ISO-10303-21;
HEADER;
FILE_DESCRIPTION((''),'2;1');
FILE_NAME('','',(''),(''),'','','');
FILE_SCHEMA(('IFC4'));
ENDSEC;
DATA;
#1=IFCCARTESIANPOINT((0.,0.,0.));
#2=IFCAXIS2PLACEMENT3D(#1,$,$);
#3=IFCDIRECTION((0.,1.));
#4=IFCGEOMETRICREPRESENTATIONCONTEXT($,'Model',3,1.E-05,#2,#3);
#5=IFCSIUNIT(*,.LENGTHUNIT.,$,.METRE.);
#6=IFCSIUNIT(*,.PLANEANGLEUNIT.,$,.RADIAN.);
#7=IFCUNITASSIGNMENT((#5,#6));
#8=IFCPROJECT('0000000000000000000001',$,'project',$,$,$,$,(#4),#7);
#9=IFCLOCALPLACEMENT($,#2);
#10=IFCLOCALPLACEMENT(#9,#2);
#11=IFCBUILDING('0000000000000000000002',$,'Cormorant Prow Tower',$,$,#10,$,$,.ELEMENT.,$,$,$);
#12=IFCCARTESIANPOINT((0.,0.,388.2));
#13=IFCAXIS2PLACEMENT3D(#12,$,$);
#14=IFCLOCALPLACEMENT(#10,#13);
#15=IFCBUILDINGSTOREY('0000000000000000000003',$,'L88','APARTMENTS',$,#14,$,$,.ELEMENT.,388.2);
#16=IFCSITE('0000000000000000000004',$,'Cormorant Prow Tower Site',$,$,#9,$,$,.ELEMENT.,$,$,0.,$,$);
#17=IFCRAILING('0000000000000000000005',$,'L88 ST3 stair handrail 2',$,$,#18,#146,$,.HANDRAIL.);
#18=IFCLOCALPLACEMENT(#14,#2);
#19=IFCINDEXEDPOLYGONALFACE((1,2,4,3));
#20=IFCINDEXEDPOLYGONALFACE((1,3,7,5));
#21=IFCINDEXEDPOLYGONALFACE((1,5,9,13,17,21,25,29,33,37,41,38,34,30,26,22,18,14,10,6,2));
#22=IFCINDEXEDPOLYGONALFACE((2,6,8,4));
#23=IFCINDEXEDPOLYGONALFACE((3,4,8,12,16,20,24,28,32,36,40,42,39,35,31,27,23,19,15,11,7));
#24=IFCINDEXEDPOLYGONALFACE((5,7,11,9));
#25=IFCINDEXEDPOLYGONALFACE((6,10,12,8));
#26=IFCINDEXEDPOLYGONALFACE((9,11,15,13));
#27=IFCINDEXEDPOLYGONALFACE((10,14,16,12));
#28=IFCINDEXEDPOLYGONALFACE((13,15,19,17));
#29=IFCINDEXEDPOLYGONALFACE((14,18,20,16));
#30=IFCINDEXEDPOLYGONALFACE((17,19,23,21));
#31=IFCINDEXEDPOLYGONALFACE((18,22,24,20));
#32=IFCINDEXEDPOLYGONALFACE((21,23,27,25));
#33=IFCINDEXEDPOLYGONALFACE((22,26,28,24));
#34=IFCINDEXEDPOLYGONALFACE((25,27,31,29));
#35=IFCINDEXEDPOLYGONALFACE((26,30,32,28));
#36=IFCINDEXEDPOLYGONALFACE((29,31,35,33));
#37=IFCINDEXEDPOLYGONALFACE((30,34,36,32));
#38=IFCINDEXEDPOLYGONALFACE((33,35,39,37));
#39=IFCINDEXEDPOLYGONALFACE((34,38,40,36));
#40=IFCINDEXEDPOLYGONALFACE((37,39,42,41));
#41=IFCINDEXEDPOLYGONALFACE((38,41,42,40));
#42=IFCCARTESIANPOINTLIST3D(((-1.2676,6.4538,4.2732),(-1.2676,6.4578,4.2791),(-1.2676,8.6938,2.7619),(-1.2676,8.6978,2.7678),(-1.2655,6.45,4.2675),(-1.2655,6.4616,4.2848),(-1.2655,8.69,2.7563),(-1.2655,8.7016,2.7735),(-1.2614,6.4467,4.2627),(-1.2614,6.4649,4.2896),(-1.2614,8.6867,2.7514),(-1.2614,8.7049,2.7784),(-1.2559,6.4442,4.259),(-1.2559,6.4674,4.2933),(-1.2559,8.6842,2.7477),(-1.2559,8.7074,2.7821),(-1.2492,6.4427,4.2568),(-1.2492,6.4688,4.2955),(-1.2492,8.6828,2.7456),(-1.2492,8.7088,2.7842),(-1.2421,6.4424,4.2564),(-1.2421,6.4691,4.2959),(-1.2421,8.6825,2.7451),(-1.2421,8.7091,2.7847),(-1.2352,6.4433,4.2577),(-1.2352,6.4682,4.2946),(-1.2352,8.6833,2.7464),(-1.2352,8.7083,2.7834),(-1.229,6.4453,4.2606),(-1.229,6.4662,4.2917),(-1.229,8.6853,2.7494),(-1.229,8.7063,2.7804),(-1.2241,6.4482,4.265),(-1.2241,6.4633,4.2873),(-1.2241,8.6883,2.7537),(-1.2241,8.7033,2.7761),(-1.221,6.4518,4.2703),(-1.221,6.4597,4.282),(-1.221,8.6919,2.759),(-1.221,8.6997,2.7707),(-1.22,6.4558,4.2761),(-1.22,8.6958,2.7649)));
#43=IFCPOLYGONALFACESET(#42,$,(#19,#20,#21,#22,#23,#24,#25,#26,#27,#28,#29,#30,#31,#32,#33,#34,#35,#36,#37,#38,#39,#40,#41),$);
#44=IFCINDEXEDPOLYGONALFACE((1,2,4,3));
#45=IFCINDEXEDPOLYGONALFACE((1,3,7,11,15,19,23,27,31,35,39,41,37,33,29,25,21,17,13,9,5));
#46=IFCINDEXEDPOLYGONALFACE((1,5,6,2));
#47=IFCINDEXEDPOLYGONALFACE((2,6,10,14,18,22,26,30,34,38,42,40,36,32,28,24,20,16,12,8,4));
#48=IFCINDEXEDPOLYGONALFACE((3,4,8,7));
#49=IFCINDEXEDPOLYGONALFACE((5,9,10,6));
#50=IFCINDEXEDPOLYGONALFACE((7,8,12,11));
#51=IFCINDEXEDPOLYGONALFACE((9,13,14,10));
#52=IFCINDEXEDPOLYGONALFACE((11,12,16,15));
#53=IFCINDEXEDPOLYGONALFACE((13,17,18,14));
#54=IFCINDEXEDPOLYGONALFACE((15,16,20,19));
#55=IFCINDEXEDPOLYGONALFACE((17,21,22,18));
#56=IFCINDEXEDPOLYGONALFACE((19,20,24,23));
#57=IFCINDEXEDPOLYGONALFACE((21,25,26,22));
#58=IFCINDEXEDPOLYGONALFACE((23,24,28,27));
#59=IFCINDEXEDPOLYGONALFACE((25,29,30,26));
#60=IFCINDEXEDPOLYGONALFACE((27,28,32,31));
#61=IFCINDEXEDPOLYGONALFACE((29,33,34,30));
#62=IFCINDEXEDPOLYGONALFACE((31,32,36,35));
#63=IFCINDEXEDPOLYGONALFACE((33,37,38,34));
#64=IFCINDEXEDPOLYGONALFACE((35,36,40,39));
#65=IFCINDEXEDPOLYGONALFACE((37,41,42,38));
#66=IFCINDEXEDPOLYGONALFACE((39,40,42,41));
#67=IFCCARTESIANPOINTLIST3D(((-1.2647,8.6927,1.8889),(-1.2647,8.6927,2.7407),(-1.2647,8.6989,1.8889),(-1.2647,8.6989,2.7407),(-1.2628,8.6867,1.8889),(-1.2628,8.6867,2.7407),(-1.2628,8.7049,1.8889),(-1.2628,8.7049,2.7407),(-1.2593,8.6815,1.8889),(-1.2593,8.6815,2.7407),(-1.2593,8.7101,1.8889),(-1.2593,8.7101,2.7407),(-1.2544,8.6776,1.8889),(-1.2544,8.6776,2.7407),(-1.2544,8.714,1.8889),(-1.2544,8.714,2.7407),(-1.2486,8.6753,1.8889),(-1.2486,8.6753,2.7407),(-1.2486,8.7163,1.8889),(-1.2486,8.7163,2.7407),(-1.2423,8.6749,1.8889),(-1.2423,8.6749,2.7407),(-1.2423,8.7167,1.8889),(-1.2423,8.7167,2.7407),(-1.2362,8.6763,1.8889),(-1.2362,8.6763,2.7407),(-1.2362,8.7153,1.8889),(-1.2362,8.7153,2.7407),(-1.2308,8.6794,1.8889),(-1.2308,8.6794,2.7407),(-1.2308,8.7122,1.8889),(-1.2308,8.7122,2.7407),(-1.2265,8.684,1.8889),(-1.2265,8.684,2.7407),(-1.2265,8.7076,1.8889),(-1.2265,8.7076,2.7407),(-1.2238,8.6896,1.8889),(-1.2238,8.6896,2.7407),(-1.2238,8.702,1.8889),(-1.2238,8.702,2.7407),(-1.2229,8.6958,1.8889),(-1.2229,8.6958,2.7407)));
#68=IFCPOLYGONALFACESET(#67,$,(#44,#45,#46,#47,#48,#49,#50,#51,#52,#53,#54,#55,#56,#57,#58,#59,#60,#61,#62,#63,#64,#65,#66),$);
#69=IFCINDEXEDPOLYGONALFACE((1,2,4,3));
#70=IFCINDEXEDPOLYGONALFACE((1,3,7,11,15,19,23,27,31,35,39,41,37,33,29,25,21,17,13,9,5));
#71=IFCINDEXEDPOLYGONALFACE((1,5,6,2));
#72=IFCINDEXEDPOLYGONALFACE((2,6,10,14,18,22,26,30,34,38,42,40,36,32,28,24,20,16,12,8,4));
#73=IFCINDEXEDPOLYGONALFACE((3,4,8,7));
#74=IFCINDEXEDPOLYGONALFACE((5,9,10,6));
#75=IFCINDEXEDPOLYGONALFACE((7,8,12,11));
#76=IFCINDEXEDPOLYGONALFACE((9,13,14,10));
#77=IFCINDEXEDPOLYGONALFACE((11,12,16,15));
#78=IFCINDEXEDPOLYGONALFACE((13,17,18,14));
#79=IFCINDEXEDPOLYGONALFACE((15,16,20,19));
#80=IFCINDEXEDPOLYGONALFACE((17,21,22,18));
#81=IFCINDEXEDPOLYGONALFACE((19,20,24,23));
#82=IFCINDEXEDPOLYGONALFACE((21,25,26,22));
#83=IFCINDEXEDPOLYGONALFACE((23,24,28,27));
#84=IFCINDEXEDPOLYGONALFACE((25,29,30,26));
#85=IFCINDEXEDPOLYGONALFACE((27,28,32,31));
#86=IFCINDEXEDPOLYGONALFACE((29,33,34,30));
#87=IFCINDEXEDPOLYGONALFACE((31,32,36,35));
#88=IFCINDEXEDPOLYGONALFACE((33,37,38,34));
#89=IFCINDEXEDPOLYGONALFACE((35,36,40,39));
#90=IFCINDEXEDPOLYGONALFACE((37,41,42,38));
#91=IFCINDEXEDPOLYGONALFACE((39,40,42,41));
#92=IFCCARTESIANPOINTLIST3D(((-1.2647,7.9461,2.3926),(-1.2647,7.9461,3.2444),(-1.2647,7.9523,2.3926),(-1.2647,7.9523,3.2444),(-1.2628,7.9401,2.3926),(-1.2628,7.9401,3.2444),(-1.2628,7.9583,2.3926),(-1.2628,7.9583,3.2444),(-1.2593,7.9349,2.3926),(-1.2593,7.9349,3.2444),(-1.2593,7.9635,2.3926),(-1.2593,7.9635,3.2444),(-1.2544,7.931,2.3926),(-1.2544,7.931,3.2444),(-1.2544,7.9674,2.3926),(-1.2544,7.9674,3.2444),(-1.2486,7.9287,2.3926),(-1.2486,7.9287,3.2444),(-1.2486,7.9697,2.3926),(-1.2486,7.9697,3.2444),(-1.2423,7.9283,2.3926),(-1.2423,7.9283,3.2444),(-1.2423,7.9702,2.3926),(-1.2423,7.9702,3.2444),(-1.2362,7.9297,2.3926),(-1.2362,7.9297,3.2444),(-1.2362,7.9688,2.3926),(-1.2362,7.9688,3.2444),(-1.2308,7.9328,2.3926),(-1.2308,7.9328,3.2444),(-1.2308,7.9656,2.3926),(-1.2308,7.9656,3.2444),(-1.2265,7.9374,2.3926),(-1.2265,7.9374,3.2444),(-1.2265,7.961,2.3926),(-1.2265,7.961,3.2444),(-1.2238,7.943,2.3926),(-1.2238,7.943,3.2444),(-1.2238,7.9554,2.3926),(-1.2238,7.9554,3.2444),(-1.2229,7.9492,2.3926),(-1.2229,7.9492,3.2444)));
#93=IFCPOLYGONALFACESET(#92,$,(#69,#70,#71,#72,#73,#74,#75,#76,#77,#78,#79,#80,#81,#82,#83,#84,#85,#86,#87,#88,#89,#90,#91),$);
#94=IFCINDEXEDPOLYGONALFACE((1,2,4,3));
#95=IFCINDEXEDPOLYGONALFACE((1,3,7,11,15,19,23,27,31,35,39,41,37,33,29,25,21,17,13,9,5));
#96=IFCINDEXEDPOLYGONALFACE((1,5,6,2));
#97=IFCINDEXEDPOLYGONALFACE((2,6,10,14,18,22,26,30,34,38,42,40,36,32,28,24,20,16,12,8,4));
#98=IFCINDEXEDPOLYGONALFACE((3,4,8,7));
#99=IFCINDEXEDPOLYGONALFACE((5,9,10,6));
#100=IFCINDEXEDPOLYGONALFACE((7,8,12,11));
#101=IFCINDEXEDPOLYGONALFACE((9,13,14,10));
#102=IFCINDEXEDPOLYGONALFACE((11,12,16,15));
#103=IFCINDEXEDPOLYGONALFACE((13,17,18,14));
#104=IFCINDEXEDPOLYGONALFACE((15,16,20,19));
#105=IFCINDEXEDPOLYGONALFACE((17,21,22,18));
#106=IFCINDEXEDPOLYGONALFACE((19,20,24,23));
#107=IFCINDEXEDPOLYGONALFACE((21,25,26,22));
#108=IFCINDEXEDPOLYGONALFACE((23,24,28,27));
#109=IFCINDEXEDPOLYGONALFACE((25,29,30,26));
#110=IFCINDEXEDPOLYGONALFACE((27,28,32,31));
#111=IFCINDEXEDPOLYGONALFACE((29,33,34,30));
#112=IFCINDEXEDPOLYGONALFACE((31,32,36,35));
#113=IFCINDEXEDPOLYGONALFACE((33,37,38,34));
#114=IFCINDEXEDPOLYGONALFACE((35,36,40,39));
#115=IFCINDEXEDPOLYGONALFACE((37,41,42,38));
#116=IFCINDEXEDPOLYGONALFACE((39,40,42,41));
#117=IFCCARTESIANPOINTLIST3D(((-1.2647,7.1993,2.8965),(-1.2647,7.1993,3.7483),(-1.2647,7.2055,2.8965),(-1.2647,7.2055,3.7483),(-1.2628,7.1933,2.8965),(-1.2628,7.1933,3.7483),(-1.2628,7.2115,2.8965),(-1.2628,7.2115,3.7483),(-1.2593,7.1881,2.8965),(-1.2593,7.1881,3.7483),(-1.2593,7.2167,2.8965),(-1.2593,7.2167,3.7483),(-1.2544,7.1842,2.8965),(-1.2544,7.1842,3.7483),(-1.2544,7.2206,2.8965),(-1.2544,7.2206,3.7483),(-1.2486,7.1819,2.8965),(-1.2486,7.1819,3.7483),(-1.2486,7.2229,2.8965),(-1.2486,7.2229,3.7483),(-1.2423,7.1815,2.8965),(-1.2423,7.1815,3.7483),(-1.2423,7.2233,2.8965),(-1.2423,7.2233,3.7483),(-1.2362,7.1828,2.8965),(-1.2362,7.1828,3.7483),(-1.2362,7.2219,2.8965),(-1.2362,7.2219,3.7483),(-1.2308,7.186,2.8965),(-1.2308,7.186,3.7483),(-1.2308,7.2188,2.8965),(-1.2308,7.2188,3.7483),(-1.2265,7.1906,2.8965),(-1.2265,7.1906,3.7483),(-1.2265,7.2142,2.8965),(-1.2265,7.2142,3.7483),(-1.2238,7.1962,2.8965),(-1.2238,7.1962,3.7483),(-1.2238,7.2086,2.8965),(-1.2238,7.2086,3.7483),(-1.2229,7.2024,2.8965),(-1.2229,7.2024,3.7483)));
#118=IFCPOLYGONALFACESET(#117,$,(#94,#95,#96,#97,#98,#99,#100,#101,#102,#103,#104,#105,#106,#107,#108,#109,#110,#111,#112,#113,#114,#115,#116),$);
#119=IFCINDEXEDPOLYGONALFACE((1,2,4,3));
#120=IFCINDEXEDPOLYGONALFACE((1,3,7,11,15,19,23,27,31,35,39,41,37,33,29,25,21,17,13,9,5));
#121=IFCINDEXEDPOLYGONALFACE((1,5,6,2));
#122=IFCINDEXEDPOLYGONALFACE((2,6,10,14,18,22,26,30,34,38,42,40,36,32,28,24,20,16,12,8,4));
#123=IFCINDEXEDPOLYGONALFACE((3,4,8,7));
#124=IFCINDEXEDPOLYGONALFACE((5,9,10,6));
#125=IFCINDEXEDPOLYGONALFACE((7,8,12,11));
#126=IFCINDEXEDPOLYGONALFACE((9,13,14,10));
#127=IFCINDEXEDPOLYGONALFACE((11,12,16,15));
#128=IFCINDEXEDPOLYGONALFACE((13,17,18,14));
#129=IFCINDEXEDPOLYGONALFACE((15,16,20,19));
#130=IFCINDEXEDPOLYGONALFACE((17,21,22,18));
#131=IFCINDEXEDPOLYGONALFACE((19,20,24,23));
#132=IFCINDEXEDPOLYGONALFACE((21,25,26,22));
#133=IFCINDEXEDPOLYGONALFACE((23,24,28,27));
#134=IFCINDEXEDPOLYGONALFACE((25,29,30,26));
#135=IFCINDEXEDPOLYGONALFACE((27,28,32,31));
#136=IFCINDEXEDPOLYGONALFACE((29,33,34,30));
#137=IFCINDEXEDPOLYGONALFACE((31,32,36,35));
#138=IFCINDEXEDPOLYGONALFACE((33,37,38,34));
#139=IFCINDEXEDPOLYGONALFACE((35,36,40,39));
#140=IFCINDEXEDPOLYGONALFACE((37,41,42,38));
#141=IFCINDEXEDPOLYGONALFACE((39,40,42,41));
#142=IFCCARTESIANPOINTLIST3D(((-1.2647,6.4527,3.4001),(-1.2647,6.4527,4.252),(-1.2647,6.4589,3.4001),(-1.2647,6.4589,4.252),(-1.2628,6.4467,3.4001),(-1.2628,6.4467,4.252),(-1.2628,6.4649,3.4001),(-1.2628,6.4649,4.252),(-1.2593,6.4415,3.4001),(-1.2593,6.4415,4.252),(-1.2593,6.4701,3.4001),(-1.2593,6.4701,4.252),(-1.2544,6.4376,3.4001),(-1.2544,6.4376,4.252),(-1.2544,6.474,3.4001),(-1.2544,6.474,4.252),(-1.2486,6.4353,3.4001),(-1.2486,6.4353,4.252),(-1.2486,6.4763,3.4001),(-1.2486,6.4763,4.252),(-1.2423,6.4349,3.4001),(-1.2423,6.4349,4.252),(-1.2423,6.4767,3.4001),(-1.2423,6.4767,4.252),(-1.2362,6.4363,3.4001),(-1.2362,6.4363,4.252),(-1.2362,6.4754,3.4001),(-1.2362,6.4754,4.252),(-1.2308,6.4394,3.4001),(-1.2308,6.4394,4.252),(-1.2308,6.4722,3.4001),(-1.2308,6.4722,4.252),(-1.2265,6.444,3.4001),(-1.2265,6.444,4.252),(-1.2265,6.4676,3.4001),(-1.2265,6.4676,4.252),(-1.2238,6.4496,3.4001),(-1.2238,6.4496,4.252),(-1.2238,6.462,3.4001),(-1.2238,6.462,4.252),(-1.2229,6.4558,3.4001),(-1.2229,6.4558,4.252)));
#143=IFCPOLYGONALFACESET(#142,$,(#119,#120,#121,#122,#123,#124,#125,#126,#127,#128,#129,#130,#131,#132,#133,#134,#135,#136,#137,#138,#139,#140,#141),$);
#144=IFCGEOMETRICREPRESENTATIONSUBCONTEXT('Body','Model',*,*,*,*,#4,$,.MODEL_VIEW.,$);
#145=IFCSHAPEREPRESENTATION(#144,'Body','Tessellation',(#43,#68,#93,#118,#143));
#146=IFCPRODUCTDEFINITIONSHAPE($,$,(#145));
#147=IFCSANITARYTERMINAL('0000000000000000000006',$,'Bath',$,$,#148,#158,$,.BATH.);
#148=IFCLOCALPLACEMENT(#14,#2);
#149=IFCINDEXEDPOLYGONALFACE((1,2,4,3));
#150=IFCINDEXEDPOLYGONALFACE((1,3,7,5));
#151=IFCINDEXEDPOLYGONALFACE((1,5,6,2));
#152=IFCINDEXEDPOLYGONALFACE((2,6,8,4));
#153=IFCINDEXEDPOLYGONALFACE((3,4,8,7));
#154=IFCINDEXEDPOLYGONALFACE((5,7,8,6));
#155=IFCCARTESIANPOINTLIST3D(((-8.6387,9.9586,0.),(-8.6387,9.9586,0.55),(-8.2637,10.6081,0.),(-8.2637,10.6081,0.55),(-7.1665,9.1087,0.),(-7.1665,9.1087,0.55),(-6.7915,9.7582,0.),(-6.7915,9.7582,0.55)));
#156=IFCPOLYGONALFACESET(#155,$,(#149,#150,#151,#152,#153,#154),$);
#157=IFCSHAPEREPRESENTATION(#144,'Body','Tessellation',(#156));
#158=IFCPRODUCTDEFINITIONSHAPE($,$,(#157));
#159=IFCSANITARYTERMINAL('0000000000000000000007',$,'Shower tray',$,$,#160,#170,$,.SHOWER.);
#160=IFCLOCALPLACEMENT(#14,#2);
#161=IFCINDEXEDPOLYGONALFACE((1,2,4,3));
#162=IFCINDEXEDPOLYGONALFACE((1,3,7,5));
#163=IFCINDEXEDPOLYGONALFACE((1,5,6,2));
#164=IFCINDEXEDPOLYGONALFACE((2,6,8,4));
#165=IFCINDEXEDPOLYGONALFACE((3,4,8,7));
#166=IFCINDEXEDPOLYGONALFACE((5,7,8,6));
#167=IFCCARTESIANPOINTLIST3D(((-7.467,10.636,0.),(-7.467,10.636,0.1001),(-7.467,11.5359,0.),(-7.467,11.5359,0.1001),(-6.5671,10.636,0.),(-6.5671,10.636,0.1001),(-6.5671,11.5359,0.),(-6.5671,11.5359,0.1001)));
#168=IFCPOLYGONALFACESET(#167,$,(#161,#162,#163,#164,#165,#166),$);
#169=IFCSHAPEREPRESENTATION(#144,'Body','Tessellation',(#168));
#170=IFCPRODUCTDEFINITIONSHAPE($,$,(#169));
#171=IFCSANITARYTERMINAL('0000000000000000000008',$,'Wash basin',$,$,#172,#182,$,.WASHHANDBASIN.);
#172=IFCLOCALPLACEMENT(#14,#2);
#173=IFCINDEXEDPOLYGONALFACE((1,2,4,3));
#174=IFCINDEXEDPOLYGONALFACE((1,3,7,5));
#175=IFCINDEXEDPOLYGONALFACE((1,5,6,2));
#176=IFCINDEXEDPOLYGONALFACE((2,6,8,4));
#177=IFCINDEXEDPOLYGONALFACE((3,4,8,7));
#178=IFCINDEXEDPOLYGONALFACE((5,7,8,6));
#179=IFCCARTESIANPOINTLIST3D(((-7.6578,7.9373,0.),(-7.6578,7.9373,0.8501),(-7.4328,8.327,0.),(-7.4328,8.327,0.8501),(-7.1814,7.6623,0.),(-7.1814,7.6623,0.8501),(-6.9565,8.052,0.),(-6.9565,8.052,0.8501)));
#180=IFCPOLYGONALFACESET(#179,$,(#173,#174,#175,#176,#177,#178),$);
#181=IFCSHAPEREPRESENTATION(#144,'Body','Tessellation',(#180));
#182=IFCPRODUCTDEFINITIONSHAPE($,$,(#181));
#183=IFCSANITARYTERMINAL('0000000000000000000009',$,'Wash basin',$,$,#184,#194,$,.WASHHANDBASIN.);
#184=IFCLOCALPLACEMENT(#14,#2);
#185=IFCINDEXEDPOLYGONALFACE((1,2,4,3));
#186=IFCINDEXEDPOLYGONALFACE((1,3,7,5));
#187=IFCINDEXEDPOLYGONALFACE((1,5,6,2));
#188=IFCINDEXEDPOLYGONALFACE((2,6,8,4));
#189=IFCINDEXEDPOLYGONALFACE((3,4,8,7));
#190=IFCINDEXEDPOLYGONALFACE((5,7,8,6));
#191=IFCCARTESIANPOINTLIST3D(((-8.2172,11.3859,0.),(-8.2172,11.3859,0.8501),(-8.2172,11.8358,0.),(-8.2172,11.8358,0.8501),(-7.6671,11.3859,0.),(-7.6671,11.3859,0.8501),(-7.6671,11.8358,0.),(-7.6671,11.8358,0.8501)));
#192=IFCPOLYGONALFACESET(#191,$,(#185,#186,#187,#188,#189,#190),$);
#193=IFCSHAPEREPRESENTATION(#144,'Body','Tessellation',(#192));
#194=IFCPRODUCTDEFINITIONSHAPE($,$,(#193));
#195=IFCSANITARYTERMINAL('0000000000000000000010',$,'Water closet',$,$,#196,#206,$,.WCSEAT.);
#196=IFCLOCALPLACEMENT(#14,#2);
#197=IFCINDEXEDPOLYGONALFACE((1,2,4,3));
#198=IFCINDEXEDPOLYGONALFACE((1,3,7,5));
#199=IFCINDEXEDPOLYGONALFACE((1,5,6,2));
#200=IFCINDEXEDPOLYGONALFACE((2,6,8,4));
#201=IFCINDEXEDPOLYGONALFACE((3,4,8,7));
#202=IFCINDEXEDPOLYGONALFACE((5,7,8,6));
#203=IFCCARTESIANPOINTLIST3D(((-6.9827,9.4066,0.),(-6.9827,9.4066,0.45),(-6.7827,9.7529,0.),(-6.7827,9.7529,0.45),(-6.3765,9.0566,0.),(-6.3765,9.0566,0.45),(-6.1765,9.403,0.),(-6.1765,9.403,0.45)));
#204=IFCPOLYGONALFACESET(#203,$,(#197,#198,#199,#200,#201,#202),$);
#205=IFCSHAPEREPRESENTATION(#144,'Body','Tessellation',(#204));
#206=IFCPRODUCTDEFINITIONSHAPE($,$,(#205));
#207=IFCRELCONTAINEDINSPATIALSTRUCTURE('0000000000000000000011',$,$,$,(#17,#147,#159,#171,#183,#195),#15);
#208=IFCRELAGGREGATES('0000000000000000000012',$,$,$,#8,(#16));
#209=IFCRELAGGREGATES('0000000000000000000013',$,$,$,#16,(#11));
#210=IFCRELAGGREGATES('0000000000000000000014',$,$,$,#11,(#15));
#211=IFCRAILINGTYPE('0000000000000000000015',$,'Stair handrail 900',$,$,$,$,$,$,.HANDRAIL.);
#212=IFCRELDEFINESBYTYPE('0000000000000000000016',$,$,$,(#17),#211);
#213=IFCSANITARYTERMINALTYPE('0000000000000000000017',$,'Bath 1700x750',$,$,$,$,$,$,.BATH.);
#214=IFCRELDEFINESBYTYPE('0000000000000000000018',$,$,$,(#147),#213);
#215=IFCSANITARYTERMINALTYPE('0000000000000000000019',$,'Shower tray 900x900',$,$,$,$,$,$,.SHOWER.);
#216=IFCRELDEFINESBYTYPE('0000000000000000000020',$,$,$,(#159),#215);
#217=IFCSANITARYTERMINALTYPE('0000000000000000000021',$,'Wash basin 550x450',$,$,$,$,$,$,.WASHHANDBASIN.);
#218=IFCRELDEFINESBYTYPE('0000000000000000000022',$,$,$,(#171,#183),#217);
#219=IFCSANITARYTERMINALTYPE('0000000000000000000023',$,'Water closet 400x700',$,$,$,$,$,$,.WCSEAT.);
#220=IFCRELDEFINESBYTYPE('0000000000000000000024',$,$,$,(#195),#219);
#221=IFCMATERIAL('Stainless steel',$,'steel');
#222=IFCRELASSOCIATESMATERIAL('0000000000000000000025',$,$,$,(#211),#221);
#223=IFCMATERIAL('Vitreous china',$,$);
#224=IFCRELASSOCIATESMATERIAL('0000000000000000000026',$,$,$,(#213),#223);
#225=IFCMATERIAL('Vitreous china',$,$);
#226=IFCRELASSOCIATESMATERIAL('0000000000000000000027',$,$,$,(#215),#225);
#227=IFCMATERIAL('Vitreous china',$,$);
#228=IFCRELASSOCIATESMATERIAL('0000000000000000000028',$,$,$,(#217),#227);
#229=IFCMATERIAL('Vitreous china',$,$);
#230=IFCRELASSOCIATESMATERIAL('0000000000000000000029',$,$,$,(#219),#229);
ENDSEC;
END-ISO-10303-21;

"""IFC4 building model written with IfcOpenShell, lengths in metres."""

from ifc_helpers import new_model, si_unit, direction, frame, origin, origin_2d, place, context, subcontext, project, spatial, rectangle, circle, extrude, material, type_object, element, save


model = new_model("IFC4")

# Units and contexts
model_context = context("Model", 3, precision=1e-05, world=origin(), true_north=direction((0.0, 1.0)))
body_context = subcontext(model_context, "Body", "Model", "MODEL_VIEW")
ifc_project = project(units=[si_unit("LENGTHUNIT", "METRE"), si_unit("PLANEANGLEUNIT", "RADIAN")], contexts=[model_context])

# Site, building, storey
site_placement = place(None, origin())
site = spatial("IfcSite", under=ifc_project, at=site_placement, Name="Cormorant Prow Tower Site", CompositionType="ELEMENT", RefElevation=0.0)
building_placement = place(site_placement, origin())
building = spatial("IfcBuilding", under=site, at=building_placement, Name="Cormorant Prow Tower", CompositionType="ELEMENT")
storey_placement = place(building_placement, frame((0.0, 0.0, 388.2)))
storey = spatial("IfcBuildingStorey", under=building, at=storey_placement, Name="L88", Description="APARTMENTS", CompositionType="ELEMENT", Elevation=388.2)

# Railing
ifc_material_1 = material(Name="Stainless steel", Category="steel")
railing_type = type_object("IfcRailingType", Name="Stair handrail 900", PredefinedType="HANDRAIL", material=ifc_material_1)
railing_placement = place(storey_placement, frame((-1.2439, 8.6958, 1.8889)))
element("IfcRailing", 1, at=railing_placement, inside=storey, type_object=railing_type, Name="L88 ST3 stair handrail 2", PredefinedType="HANDRAIL", context=body_context, shape_type="SweptSolid", body=[
    extrude(circle(Radius=0.0239, at=origin_2d()), frame((0.0, 0.0, 0.876), z_axis=(0.0, -0.82898, 0.559279), x_axis=(1.0, 0.0, 0.0)), (0.0, 0.0, 1.0), 2.7021),
    extrude(circle(Radius=0.021, at=origin_2d()), origin(), (0.0, 0.0, 1.0), 0.8518),
    extrude(circle(Radius=0.021, at=origin_2d()), frame((0.0, -0.7466, 0.5037)), (0.0, 0.0, 1.0), 0.8518),
    extrude(circle(Radius=0.021, at=origin_2d()), frame((0.0, -1.4934, 1.0076)), (0.0, 0.0, 1.0), 0.8518),
    extrude(circle(Radius=0.021, at=origin_2d()), frame((0.0, -2.24, 1.5112)), (0.0, 0.0, 1.0), 0.8518),
])

# Sanitary terminals
ifc_material_2 = material(Name="Vitreous china")
sanitary_terminal_type_1 = type_object("IfcSanitaryTerminalType", Name="Bath 1700x750", PredefinedType="BATH", material=ifc_material_2)
sanitary_terminal_1_placement = place(storey_placement, frame((-7.7151, 9.8584, 0.0), z_axis=(0.0, 0.0, 1.0), x_axis=(0.866025, -0.5, 0.0)))
element("IfcSanitaryTerminal", 2, at=sanitary_terminal_1_placement, inside=storey, type_object=sanitary_terminal_type_1, Name="Bath", PredefinedType="BATH", context=body_context, shape_type="SweptSolid", body=[
    extrude(rectangle(XDim=1.7, YDim=0.75, at=origin_2d()), origin(), (0.0, 0.0, 1.0), 0.55),
])
ifc_material_3 = material(Name="Vitreous china")
sanitary_terminal_type_2 = type_object("IfcSanitaryTerminalType", Name="Shower tray 900x900", PredefinedType="SHOWER", material=ifc_material_3)
sanitary_terminal_2_placement = place(storey_placement, frame((-7.0171, 11.0859, 0.0), z_axis=(0.0, 0.0, 1.0), x_axis=(1.0, 0.0, 0.0)))
element("IfcSanitaryTerminal", 3, at=sanitary_terminal_2_placement, inside=storey, type_object=sanitary_terminal_type_2, Name="Shower tray", PredefinedType="SHOWER", context=body_context, shape_type="SweptSolid", body=[
    extrude(rectangle(XDim=0.8999, YDim=0.8999, at=origin_2d()), origin(), (0.0, 0.0, 1.0), 0.1001),
])
ifc_material_4 = material(Name="Vitreous china")
sanitary_terminal_type_3 = type_object("IfcSanitaryTerminalType", Name="Wash basin 550x450", PredefinedType="WASHHANDBASIN", material=ifc_material_4)
for number, where, z_axis, x_axis, name in (
    (4, (-7.3071, 7.9946, 0.0), (0.0, 0.0, 1.0), (-0.866025, 0.5, 0.0), "Wash basin"),
    (5, (-7.9421, 11.6108, 0.0), (0.0, 0.0, 1.0), (1.0, 0.0, 0.0), "Wash basin"),
):
    element("IfcSanitaryTerminal", number, at=place(storey_placement, frame(where, z_axis=z_axis, x_axis=x_axis)), inside=storey, type_object=sanitary_terminal_type_3, Name=name, PredefinedType="WASHHANDBASIN", context=body_context, shape_type="SweptSolid", body=[
        extrude(rectangle(XDim=0.55, YDim=0.45, at=origin_2d()), origin(), (0.0, 0.0, 1.0), 0.8501),
    ])
ifc_material_5 = material(Name="Vitreous china")
sanitary_terminal_type_4 = type_object("IfcSanitaryTerminalType", Name="Water closet 400x700", PredefinedType="WCSEAT", material=ifc_material_5)
sanitary_terminal_3_placement = place(storey_placement, frame((-6.5796, 9.4048, 0.0), z_axis=(0.0, 0.0, 1.0), x_axis=(-0.5, -0.866025, 0.0)))
element("IfcSanitaryTerminal", 6, at=sanitary_terminal_3_placement, inside=storey, type_object=sanitary_terminal_type_4, Name="Water closet", PredefinedType="WCSEAT", context=body_context, shape_type="SweptSolid", body=[
    extrude(rectangle(XDim=0.3999, YDim=0.7, at=origin_2d()), origin(), (0.0, 0.0, 1.0), 0.45),
])

save(model, "model.ifc")
